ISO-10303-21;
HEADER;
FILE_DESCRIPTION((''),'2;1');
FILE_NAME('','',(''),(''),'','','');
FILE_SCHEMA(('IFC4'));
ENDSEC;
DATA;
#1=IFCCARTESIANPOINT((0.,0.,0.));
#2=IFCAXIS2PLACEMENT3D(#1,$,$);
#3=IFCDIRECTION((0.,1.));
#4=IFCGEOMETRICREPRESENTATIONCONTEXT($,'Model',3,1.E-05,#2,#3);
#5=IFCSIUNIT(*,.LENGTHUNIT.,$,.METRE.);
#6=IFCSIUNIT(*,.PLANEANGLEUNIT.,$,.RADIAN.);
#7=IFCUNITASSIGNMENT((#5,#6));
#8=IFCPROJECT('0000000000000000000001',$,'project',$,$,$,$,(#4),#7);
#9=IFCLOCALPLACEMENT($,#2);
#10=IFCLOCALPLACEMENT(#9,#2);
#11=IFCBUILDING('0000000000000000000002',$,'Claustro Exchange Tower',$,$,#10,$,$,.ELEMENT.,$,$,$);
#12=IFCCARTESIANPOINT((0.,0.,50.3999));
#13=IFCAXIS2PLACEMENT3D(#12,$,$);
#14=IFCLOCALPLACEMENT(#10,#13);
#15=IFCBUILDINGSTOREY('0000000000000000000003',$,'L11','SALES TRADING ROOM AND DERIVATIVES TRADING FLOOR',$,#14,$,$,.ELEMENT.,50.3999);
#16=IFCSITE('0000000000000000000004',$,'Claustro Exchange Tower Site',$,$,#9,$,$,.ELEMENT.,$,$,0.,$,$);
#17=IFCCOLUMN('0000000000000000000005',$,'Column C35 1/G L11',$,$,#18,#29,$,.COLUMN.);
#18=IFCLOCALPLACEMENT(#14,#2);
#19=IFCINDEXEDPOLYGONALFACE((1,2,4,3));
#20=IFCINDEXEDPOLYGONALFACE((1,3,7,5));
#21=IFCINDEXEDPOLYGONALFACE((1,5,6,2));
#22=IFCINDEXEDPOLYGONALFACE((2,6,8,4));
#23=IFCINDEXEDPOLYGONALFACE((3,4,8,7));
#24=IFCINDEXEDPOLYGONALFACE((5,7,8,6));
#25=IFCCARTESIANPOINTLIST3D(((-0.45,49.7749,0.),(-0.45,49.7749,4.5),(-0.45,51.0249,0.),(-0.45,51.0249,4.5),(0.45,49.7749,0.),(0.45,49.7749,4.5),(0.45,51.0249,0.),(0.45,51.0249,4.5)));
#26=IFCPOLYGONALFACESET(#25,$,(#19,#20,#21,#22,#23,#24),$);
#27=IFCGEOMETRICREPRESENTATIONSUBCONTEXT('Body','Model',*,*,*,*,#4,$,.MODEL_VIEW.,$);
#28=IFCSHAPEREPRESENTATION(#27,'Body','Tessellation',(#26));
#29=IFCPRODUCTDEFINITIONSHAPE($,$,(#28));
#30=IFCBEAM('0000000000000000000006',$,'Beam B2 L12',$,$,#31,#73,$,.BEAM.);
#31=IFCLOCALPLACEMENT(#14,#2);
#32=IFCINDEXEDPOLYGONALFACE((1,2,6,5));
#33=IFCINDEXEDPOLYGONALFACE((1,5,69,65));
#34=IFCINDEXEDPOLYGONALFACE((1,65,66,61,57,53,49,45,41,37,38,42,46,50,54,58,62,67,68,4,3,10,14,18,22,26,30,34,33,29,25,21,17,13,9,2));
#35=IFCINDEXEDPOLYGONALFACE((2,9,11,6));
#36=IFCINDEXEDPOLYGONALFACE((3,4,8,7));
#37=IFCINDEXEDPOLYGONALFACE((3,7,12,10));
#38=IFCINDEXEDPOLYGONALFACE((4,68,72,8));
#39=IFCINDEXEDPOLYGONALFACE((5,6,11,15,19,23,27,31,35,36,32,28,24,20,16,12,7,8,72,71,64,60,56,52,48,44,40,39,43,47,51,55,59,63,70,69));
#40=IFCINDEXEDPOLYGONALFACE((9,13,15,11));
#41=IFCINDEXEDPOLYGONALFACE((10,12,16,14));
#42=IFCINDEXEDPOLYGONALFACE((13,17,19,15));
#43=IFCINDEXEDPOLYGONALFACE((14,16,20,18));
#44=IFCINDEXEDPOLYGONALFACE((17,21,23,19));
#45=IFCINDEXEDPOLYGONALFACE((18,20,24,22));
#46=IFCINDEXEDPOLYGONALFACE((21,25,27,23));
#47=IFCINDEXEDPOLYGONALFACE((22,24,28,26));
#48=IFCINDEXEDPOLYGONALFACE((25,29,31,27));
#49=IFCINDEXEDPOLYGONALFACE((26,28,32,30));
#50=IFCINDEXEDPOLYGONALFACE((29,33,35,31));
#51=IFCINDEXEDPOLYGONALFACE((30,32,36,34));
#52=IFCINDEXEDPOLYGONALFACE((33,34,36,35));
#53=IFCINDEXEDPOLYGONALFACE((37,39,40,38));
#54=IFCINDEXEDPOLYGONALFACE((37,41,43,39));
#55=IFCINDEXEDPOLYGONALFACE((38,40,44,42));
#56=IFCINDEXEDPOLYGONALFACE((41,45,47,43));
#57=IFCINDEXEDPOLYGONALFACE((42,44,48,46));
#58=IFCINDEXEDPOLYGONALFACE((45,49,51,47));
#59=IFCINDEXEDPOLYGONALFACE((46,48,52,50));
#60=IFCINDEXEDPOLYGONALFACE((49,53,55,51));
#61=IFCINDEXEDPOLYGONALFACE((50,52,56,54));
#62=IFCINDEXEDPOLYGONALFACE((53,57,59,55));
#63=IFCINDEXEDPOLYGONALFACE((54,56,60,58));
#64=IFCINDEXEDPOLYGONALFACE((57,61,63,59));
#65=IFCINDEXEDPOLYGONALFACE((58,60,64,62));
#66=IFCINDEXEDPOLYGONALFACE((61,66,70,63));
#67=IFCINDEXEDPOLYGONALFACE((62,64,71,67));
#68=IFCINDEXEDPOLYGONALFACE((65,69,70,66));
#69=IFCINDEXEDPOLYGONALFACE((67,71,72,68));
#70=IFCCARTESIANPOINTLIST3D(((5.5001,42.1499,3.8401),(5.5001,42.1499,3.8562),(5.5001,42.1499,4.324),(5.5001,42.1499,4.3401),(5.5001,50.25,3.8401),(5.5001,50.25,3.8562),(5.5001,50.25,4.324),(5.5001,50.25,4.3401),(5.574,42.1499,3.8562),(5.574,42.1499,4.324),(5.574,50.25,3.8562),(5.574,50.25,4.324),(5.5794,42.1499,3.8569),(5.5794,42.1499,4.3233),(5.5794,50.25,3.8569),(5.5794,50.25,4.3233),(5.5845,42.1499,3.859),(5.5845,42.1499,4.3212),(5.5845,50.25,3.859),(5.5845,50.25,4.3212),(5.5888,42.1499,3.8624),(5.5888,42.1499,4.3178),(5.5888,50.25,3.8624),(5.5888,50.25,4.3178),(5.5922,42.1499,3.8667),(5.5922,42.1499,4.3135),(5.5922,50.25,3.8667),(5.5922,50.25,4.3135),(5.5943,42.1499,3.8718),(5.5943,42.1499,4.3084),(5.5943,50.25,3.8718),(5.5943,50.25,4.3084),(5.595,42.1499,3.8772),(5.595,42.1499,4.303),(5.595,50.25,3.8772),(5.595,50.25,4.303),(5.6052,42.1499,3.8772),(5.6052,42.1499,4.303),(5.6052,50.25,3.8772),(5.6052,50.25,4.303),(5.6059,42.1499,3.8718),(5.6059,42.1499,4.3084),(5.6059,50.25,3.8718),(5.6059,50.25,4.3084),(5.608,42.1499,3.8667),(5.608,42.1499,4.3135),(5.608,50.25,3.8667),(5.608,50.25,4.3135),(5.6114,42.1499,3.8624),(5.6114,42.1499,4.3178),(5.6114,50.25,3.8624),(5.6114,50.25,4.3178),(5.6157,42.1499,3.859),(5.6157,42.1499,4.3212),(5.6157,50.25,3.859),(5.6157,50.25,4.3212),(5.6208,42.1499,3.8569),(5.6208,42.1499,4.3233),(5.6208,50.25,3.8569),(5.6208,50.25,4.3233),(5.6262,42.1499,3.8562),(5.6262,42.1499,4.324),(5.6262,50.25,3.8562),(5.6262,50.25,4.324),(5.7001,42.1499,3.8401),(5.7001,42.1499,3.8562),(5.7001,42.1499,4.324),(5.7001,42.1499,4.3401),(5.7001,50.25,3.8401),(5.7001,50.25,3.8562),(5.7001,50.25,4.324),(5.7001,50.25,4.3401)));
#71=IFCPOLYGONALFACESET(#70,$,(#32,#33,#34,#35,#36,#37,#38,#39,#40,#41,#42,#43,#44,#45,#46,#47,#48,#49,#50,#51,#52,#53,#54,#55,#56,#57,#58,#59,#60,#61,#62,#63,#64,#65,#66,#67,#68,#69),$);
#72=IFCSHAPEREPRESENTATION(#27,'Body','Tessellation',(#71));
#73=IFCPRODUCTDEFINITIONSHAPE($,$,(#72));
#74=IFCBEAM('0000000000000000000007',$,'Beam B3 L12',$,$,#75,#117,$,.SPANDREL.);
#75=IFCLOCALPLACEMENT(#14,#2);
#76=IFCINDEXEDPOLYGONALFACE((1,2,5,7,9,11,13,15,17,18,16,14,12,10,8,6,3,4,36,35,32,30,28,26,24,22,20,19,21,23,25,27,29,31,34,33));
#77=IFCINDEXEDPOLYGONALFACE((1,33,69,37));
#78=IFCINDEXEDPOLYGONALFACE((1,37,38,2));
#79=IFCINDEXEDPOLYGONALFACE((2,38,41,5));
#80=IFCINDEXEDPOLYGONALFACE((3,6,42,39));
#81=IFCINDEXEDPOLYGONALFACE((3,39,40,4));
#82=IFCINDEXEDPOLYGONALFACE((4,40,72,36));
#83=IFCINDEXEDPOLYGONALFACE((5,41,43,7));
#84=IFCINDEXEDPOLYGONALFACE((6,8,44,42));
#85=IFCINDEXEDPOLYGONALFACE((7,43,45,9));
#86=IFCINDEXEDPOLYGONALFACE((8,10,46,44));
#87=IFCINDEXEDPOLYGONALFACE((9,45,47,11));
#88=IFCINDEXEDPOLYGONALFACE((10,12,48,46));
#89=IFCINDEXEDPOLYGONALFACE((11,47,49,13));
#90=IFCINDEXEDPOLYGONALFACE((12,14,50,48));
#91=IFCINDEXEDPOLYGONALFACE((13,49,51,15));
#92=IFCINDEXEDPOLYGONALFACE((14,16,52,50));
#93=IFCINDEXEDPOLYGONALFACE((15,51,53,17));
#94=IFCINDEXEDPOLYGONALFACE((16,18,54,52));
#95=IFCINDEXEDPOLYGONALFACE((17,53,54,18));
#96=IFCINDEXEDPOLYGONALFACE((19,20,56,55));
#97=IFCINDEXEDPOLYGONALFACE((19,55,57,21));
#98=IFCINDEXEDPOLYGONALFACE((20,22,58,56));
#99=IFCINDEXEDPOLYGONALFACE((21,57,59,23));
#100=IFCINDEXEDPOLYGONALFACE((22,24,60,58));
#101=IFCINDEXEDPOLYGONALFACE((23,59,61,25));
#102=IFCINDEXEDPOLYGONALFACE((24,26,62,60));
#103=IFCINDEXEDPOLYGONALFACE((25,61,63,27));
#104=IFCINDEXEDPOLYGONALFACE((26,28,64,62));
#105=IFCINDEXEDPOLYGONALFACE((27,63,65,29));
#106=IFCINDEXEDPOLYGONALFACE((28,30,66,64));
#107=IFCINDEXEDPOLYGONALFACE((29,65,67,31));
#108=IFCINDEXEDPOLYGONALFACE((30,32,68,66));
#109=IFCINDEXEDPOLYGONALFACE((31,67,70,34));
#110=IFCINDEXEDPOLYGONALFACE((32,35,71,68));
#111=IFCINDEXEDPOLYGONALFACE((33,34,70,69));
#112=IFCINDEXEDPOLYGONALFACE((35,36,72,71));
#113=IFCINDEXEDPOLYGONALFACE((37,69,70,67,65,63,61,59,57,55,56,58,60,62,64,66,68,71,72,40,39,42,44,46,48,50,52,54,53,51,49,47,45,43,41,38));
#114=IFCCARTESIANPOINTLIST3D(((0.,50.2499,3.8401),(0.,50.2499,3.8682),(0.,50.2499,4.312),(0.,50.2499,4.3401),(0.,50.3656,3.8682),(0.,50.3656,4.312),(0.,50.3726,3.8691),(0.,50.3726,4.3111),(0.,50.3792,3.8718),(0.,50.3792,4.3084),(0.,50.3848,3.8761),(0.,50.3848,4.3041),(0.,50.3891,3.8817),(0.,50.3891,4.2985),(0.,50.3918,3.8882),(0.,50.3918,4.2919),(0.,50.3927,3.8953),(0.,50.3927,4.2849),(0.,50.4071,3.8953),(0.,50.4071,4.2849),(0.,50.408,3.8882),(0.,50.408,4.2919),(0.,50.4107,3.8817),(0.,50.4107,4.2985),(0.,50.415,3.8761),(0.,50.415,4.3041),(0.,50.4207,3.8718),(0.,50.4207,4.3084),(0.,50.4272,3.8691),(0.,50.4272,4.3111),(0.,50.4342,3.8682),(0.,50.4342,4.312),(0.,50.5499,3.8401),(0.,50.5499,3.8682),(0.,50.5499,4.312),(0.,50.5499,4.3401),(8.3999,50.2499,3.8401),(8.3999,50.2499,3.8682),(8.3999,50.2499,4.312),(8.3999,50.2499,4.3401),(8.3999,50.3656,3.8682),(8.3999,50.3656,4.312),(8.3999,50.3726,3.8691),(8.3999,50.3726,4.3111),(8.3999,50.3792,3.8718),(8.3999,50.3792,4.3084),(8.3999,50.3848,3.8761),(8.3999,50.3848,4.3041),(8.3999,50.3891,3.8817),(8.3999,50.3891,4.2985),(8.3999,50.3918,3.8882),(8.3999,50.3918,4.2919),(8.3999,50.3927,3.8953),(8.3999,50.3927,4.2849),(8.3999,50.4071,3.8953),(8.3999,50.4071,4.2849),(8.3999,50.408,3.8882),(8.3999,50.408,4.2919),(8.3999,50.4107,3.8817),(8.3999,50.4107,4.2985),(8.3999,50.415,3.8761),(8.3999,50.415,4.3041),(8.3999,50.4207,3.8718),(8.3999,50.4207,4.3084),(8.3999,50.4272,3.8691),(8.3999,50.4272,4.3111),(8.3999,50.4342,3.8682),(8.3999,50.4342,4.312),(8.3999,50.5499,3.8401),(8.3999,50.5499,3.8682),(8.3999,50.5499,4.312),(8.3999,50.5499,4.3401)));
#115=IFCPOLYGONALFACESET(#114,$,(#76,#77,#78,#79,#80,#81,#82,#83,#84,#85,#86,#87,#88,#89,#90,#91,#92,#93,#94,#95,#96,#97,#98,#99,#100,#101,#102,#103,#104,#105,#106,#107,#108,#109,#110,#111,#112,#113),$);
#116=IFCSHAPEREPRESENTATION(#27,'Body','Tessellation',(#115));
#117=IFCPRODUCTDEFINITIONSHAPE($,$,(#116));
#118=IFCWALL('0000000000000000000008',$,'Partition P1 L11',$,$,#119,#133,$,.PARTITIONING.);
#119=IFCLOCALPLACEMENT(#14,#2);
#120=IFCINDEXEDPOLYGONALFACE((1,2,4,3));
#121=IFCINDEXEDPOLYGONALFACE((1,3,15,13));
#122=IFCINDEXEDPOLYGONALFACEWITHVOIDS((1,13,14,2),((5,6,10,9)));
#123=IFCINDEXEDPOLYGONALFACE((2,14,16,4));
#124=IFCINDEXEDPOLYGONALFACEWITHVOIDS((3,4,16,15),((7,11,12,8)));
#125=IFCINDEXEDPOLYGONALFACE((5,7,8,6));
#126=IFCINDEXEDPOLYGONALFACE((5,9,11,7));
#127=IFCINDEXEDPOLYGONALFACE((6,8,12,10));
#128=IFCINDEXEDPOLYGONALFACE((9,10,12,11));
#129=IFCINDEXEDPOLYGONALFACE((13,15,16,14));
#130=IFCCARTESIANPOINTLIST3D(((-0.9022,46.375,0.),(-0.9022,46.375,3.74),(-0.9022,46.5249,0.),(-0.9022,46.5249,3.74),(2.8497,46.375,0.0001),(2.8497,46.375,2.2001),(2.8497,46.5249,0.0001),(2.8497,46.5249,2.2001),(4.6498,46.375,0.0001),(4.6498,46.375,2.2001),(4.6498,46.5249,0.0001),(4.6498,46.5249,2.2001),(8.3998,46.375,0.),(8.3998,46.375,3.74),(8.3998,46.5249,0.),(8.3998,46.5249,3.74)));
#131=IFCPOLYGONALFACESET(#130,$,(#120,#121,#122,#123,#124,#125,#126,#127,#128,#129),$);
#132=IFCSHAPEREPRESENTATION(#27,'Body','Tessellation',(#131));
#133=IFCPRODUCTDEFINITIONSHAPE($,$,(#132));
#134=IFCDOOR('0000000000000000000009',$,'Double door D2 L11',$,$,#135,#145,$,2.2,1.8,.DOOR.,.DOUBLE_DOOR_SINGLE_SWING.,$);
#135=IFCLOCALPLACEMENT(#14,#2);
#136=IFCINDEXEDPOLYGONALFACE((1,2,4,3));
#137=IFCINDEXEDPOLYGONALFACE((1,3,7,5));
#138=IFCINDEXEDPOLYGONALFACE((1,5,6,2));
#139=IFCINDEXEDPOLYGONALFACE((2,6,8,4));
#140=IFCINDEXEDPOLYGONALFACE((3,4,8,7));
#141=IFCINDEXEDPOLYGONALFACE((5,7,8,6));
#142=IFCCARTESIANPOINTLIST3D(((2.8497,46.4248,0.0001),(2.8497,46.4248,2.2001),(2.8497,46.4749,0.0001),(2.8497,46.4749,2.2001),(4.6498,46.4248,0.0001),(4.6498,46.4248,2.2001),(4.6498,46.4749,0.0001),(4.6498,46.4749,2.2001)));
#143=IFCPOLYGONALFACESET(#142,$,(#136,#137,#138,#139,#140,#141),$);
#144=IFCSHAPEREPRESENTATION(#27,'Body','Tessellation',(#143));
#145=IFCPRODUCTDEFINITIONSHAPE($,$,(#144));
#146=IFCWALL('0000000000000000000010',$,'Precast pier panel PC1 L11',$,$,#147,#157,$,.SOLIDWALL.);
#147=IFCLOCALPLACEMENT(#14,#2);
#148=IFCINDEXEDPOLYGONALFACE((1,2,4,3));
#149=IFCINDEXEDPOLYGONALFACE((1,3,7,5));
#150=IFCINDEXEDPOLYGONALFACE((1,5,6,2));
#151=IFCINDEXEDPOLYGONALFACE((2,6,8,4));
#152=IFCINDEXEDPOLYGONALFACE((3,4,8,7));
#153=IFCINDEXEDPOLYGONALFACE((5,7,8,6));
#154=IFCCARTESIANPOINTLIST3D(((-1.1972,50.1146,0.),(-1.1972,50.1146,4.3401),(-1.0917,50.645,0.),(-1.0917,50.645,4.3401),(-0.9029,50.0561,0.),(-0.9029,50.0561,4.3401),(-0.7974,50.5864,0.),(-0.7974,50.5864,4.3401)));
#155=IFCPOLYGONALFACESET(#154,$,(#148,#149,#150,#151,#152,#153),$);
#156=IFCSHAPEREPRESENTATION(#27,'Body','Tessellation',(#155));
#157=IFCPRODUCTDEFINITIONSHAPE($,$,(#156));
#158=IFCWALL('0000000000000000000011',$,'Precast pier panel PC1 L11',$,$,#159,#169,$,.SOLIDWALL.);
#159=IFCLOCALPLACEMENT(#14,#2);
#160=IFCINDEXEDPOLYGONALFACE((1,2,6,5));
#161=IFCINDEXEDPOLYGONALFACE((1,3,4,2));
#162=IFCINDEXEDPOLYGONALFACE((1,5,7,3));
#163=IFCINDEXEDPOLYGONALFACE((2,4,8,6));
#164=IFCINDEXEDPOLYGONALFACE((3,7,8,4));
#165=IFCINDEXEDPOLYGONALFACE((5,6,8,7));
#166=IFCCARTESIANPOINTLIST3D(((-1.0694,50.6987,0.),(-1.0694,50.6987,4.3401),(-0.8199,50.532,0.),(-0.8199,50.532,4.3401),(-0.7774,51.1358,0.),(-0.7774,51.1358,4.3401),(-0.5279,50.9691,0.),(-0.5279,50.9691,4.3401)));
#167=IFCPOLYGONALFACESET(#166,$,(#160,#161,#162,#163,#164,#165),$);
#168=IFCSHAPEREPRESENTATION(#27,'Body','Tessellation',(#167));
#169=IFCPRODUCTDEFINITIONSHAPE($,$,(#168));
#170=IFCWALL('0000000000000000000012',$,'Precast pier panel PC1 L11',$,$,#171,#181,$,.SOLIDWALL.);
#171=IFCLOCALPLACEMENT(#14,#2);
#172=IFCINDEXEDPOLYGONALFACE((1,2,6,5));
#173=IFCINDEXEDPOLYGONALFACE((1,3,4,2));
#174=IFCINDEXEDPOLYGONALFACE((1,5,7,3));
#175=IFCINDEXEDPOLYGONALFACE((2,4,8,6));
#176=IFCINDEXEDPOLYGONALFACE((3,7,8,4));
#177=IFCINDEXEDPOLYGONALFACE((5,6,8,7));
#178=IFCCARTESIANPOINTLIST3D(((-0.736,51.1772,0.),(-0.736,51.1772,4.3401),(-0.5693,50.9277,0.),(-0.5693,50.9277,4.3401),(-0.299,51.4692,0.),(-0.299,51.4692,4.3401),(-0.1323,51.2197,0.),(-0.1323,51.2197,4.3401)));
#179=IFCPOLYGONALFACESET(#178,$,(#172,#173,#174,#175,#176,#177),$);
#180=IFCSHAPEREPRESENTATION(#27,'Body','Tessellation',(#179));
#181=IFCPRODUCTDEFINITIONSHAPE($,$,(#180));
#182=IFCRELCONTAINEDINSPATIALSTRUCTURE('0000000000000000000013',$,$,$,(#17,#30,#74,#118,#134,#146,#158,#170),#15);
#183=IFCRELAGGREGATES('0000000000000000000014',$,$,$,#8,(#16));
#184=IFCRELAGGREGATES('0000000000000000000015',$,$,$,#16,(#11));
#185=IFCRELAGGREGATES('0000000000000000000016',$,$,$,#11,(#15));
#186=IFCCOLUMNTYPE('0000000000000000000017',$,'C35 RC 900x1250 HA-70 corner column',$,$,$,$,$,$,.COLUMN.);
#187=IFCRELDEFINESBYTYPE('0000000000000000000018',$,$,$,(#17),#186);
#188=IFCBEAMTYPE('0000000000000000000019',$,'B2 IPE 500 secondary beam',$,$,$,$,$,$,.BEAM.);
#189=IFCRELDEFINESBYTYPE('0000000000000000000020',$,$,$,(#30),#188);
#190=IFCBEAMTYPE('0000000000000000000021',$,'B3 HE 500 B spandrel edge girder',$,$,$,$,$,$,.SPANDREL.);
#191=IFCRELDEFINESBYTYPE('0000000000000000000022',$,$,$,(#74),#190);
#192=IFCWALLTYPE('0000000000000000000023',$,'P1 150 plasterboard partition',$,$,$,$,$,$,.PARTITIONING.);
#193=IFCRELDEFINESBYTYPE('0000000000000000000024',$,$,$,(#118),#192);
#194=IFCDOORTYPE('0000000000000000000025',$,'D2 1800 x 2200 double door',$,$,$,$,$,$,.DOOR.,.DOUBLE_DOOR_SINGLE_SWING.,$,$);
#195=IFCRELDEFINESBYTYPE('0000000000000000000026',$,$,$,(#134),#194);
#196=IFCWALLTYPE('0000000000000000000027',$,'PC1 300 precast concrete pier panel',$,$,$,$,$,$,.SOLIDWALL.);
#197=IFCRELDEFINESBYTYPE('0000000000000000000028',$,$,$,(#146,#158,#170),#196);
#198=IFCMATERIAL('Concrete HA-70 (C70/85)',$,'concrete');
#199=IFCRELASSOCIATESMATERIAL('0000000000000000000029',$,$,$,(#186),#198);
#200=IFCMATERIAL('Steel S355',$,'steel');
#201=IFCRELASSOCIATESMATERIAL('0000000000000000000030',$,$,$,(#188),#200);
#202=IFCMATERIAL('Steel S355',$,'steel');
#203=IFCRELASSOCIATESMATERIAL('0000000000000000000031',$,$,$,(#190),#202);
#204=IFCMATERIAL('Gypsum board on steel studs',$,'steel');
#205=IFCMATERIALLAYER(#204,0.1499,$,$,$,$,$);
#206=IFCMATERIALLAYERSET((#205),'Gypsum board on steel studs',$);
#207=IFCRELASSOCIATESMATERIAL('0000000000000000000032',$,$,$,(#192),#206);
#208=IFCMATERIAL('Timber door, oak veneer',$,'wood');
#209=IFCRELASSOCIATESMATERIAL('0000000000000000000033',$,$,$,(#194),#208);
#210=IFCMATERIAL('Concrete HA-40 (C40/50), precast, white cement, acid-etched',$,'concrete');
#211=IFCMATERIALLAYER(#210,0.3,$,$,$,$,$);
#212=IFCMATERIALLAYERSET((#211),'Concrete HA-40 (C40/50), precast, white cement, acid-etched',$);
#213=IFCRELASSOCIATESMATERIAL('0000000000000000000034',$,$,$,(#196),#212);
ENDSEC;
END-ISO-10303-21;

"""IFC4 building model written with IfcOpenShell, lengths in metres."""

from ifc_helpers import new_model, si_unit, direction, frame, frame_2d, origin, origin_2d, place, context, subcontext, project, spatial, rectangle, i_section, extrude, material, layer, layer_set, material_profile, profile_set, type_object, element, fill, save


model = new_model("IFC4")

# Units and contexts
model_context = context("Model", 3, precision=1e-05, world=origin(), true_north=direction((0.0, 1.0)))
body_context = subcontext(model_context, "Body", "Model", "MODEL_VIEW")
ifc_project = project(units=[si_unit("LENGTHUNIT", "METRE"), si_unit("PLANEANGLEUNIT", "RADIAN")], contexts=[model_context])

# Site, building, storey
site_placement = place(None, origin())
site = spatial("IfcSite", under=ifc_project, at=site_placement, Name="Claustro Exchange Tower Site", CompositionType="ELEMENT", RefElevation=0.0)
building_placement = place(site_placement, origin())
building = spatial("IfcBuilding", under=site, at=building_placement, Name="Claustro Exchange Tower", CompositionType="ELEMENT")
storey_placement = place(building_placement, frame((0.0, 0.0, 50.3999)))
storey = spatial("IfcBuildingStorey", under=building, at=storey_placement, Name="L11", Description="SALES TRADING ROOM AND DERIVATIVES TRADING FLOOR", CompositionType="ELEMENT", Elevation=50.3999)

# Column
ifc_material_1 = material(Name="Concrete HA-70 (C70/85)", Category="concrete")
ifc_material_profile_1 = material_profile(ifc_material_1, rectangle(XDim=0.8999, YDim=1.25, at=origin_2d()), Name="RC 900x1250")
ifc_profile_set_1 = profile_set([ifc_material_profile_1], Name="Concrete HA-70 (C70/85)")
column_type = type_object("IfcColumnType", Name="C35 RC 900x1250 HA-70 corner column", PredefinedType="COLUMN", material=ifc_profile_set_1)
column_placement = place(storey_placement, frame((0.0, 50.3999, 0.0), z_axis=(0.0, 0.0, 1.0), x_axis=(1.0, 0.0, 0.0)))
element("IfcColumn", 1, at=column_placement, inside=storey, type_object=column_type, Name="Column C35 1/G L11", PredefinedType="COLUMN", context=body_context, shape_type="SweptSolid", body=[
    extrude(rectangle(XDim=0.8999, YDim=1.25, at=origin_2d()), origin(), (0.0, 0.0, 1.0), 4.5),
])

# Beams
ifc_material_2 = material(Name="Steel S355", Category="steel")
ifc_material_profile_2 = material_profile(ifc_material_2, i_section(OverallWidth=0.2, OverallDepth=0.5, WebThickness=0.0103, FlangeThickness=0.0161, FilletRadius=0.021, at=origin_2d()), Name="IPE 500")
ifc_profile_set_2 = profile_set([ifc_material_profile_2], Name="Steel S355")
beam_type_1 = type_object("IfcBeamType", Name="B2 IPE 500 secondary beam", PredefinedType="BEAM", material=ifc_profile_set_2)
beam_1_placement = place(storey_placement, frame((5.6001, 42.1499, 4.0901), z_axis=(0.0, 1.0, 0.0), x_axis=(-1.0, 0.0, 0.0)))
element("IfcBeam", 2, at=beam_1_placement, inside=storey, type_object=beam_type_1, Name="Beam B2 L12", PredefinedType="BEAM", context=body_context, shape_type="SweptSolid", body=[
    extrude(i_section(OverallWidth=0.2, OverallDepth=0.5, WebThickness=0.0103, FlangeThickness=0.0161, FilletRadius=0.021, at=origin_2d()), origin(), (0.0, 0.0, 1.0), 8.1001),
])
ifc_material_3 = material(Name="Steel S355", Category="steel")
ifc_material_profile_3 = material_profile(ifc_material_3, i_section(OverallWidth=0.3, OverallDepth=0.5, WebThickness=0.0144, FlangeThickness=0.0281, FilletRadius=0.0271, at=origin_2d()), Name="HE 500 B")
ifc_profile_set_3 = profile_set([ifc_material_profile_3], Name="Steel S355")
beam_type_2 = type_object("IfcBeamType", Name="B3 HE 500 B spandrel edge girder", PredefinedType="SPANDREL", material=ifc_profile_set_3)
beam_2_placement = place(storey_placement, frame((0.0, 50.3999, 4.0901), z_axis=(1.0, 0.0, 0.0), x_axis=(0.0, 1.0, 0.0)))
element("IfcBeam", 3, at=beam_2_placement, inside=storey, type_object=beam_type_2, Name="Beam B3 L12", PredefinedType="SPANDREL", context=body_context, shape_type="SweptSolid", body=[
    extrude(i_section(OverallWidth=0.3, OverallDepth=0.5, WebThickness=0.0144, FlangeThickness=0.0281, FilletRadius=0.0271, at=origin_2d()), origin(), (0.0, 0.0, 1.0), 8.3999),
])

# Wall, opening, door
ifc_material_4 = material(Name="Gypsum board on steel studs", Category="steel")
ifc_layer_1 = layer(ifc_material_4, 0.1499)
ifc_layer_set_1 = layer_set([ifc_layer_1], Name="Gypsum board on steel studs")
wall_type_1 = type_object("IfcWallType", Name="P1 150 plasterboard partition", PredefinedType="PARTITIONING", material=ifc_layer_set_1)
wall_1_placement = place(storey_placement, frame((-0.9021, 46.45, 0.0), z_axis=(0.0, 0.0, 1.0), x_axis=(1.0, 0.0, 0.0)))
wall_1 = element("IfcWall", 4, at=wall_1_placement, inside=storey, type_object=wall_type_1, Name="Partition P1 L11", PredefinedType="PARTITIONING", context=body_context, shape_type="SweptSolid", body=[
    extrude(rectangle(XDim=9.302, YDim=0.1499, at=frame_2d((4.6509, 0.0))), origin(), (0.0, 0.0, 1.0), 3.74),
])
opening_1_placement = place(wall_1_placement, frame((3.752, 0.0, 0.0)))
opening_1 = element("IfcOpeningElement", 5, at=opening_1_placement, cuts=wall_1, PredefinedType="OPENING", context=body_context, shape_type="SweptSolid", body=[
    extrude(rectangle(XDim=1.8, YDim=2.2, at=frame_2d((0.8999, 1.1001))), frame((0.0, 0.085, 0.0), z_axis=(0.0, -1.0, 0.0), x_axis=(1.0, 0.0, 0.0)), (0.0, 0.0, 1.0), 0.1699),
])
ifc_material_5 = material(Name="Timber door, oak veneer", Category="wood")
door_type = type_object("IfcDoorType", Name="D2 1800 x 2200 double door", OperationType="DOUBLE_DOOR_SINGLE_SWING", PredefinedType="DOOR", material=ifc_material_5)
door_placement = place(opening_1_placement, origin())
door = element("IfcDoor", 6, at=door_placement, inside=storey, type_object=door_type, Name="Double door D2 L11", OperationType="DOUBLE_DOOR_SINGLE_SWING", OverallHeight=2.2, OverallWidth=1.8, PredefinedType="DOOR", context=body_context, shape_type="SweptSolid", body=[
    extrude(rectangle(XDim=1.8, YDim=2.2, at=frame_2d((0.8999, 1.1001))), frame((0.0, 0.0249, 0.0), z_axis=(0.0, -1.0, 0.0), x_axis=(1.0, 0.0, 0.0)), (0.0, 0.0, 1.0), 0.05),
])
fill(opening_1, door)

# Walls
ifc_material_6 = material(Name="Concrete HA-40 (C40/50), precast, white cement, acid-etched", Category="concrete")
ifc_layer_2 = layer(ifc_material_6, 0.3)
ifc_layer_set_2 = layer_set([ifc_layer_2], Name="Concrete HA-40 (C40/50), precast, white cement, acid-etched")
wall_type_2 = type_object("IfcWallType", Name="PC1 300 precast concrete pier panel", PredefinedType="SOLIDWALL", material=ifc_layer_set_2)
wall_2_placement = place(storey_placement, frame((-1.05, 50.0852, 0.0), z_axis=(0.0, 0.0, 1.0), x_axis=(0.195074, 0.980789, 0.0)))
element("IfcWall", 7, at=wall_2_placement, inside=storey, type_object=wall_type_2, Name="Precast pier panel PC1 L11", PredefinedType="SOLIDWALL", context=body_context, shape_type="SweptSolid", body=[
    extrude(rectangle(XDim=0.5408, YDim=0.3, at=frame_2d((0.2705, 0.0))), origin(), (0.0, 0.0, 1.0), 4.3401),
])
for number, where, z_axis, x_axis, name in (
    (8, (-0.9446, 50.6155, 0.0), (0.0, 0.0, 1.0), (0.555557, 0.831478, 0.0), "Precast pier panel PC1 L11"),
    (9, (-0.6526, 51.0525, 0.0), (0.0, 0.0, 1.0), (0.831478, 0.555557, 0.0), "Precast pier panel PC1 L11"),
):
    element("IfcWall", number, at=place(storey_placement, frame(where, z_axis=z_axis, x_axis=x_axis)), inside=storey, type_object=wall_type_2, Name=name, PredefinedType="SOLIDWALL", context=body_context, shape_type="SweptSolid", body=[
        extrude(rectangle(XDim=0.5256, YDim=0.3, at=frame_2d((0.2627, 0.0))), origin(), (0.0, 0.0, 1.0), 4.3401),
    ])

save(model, "model.ifc")
